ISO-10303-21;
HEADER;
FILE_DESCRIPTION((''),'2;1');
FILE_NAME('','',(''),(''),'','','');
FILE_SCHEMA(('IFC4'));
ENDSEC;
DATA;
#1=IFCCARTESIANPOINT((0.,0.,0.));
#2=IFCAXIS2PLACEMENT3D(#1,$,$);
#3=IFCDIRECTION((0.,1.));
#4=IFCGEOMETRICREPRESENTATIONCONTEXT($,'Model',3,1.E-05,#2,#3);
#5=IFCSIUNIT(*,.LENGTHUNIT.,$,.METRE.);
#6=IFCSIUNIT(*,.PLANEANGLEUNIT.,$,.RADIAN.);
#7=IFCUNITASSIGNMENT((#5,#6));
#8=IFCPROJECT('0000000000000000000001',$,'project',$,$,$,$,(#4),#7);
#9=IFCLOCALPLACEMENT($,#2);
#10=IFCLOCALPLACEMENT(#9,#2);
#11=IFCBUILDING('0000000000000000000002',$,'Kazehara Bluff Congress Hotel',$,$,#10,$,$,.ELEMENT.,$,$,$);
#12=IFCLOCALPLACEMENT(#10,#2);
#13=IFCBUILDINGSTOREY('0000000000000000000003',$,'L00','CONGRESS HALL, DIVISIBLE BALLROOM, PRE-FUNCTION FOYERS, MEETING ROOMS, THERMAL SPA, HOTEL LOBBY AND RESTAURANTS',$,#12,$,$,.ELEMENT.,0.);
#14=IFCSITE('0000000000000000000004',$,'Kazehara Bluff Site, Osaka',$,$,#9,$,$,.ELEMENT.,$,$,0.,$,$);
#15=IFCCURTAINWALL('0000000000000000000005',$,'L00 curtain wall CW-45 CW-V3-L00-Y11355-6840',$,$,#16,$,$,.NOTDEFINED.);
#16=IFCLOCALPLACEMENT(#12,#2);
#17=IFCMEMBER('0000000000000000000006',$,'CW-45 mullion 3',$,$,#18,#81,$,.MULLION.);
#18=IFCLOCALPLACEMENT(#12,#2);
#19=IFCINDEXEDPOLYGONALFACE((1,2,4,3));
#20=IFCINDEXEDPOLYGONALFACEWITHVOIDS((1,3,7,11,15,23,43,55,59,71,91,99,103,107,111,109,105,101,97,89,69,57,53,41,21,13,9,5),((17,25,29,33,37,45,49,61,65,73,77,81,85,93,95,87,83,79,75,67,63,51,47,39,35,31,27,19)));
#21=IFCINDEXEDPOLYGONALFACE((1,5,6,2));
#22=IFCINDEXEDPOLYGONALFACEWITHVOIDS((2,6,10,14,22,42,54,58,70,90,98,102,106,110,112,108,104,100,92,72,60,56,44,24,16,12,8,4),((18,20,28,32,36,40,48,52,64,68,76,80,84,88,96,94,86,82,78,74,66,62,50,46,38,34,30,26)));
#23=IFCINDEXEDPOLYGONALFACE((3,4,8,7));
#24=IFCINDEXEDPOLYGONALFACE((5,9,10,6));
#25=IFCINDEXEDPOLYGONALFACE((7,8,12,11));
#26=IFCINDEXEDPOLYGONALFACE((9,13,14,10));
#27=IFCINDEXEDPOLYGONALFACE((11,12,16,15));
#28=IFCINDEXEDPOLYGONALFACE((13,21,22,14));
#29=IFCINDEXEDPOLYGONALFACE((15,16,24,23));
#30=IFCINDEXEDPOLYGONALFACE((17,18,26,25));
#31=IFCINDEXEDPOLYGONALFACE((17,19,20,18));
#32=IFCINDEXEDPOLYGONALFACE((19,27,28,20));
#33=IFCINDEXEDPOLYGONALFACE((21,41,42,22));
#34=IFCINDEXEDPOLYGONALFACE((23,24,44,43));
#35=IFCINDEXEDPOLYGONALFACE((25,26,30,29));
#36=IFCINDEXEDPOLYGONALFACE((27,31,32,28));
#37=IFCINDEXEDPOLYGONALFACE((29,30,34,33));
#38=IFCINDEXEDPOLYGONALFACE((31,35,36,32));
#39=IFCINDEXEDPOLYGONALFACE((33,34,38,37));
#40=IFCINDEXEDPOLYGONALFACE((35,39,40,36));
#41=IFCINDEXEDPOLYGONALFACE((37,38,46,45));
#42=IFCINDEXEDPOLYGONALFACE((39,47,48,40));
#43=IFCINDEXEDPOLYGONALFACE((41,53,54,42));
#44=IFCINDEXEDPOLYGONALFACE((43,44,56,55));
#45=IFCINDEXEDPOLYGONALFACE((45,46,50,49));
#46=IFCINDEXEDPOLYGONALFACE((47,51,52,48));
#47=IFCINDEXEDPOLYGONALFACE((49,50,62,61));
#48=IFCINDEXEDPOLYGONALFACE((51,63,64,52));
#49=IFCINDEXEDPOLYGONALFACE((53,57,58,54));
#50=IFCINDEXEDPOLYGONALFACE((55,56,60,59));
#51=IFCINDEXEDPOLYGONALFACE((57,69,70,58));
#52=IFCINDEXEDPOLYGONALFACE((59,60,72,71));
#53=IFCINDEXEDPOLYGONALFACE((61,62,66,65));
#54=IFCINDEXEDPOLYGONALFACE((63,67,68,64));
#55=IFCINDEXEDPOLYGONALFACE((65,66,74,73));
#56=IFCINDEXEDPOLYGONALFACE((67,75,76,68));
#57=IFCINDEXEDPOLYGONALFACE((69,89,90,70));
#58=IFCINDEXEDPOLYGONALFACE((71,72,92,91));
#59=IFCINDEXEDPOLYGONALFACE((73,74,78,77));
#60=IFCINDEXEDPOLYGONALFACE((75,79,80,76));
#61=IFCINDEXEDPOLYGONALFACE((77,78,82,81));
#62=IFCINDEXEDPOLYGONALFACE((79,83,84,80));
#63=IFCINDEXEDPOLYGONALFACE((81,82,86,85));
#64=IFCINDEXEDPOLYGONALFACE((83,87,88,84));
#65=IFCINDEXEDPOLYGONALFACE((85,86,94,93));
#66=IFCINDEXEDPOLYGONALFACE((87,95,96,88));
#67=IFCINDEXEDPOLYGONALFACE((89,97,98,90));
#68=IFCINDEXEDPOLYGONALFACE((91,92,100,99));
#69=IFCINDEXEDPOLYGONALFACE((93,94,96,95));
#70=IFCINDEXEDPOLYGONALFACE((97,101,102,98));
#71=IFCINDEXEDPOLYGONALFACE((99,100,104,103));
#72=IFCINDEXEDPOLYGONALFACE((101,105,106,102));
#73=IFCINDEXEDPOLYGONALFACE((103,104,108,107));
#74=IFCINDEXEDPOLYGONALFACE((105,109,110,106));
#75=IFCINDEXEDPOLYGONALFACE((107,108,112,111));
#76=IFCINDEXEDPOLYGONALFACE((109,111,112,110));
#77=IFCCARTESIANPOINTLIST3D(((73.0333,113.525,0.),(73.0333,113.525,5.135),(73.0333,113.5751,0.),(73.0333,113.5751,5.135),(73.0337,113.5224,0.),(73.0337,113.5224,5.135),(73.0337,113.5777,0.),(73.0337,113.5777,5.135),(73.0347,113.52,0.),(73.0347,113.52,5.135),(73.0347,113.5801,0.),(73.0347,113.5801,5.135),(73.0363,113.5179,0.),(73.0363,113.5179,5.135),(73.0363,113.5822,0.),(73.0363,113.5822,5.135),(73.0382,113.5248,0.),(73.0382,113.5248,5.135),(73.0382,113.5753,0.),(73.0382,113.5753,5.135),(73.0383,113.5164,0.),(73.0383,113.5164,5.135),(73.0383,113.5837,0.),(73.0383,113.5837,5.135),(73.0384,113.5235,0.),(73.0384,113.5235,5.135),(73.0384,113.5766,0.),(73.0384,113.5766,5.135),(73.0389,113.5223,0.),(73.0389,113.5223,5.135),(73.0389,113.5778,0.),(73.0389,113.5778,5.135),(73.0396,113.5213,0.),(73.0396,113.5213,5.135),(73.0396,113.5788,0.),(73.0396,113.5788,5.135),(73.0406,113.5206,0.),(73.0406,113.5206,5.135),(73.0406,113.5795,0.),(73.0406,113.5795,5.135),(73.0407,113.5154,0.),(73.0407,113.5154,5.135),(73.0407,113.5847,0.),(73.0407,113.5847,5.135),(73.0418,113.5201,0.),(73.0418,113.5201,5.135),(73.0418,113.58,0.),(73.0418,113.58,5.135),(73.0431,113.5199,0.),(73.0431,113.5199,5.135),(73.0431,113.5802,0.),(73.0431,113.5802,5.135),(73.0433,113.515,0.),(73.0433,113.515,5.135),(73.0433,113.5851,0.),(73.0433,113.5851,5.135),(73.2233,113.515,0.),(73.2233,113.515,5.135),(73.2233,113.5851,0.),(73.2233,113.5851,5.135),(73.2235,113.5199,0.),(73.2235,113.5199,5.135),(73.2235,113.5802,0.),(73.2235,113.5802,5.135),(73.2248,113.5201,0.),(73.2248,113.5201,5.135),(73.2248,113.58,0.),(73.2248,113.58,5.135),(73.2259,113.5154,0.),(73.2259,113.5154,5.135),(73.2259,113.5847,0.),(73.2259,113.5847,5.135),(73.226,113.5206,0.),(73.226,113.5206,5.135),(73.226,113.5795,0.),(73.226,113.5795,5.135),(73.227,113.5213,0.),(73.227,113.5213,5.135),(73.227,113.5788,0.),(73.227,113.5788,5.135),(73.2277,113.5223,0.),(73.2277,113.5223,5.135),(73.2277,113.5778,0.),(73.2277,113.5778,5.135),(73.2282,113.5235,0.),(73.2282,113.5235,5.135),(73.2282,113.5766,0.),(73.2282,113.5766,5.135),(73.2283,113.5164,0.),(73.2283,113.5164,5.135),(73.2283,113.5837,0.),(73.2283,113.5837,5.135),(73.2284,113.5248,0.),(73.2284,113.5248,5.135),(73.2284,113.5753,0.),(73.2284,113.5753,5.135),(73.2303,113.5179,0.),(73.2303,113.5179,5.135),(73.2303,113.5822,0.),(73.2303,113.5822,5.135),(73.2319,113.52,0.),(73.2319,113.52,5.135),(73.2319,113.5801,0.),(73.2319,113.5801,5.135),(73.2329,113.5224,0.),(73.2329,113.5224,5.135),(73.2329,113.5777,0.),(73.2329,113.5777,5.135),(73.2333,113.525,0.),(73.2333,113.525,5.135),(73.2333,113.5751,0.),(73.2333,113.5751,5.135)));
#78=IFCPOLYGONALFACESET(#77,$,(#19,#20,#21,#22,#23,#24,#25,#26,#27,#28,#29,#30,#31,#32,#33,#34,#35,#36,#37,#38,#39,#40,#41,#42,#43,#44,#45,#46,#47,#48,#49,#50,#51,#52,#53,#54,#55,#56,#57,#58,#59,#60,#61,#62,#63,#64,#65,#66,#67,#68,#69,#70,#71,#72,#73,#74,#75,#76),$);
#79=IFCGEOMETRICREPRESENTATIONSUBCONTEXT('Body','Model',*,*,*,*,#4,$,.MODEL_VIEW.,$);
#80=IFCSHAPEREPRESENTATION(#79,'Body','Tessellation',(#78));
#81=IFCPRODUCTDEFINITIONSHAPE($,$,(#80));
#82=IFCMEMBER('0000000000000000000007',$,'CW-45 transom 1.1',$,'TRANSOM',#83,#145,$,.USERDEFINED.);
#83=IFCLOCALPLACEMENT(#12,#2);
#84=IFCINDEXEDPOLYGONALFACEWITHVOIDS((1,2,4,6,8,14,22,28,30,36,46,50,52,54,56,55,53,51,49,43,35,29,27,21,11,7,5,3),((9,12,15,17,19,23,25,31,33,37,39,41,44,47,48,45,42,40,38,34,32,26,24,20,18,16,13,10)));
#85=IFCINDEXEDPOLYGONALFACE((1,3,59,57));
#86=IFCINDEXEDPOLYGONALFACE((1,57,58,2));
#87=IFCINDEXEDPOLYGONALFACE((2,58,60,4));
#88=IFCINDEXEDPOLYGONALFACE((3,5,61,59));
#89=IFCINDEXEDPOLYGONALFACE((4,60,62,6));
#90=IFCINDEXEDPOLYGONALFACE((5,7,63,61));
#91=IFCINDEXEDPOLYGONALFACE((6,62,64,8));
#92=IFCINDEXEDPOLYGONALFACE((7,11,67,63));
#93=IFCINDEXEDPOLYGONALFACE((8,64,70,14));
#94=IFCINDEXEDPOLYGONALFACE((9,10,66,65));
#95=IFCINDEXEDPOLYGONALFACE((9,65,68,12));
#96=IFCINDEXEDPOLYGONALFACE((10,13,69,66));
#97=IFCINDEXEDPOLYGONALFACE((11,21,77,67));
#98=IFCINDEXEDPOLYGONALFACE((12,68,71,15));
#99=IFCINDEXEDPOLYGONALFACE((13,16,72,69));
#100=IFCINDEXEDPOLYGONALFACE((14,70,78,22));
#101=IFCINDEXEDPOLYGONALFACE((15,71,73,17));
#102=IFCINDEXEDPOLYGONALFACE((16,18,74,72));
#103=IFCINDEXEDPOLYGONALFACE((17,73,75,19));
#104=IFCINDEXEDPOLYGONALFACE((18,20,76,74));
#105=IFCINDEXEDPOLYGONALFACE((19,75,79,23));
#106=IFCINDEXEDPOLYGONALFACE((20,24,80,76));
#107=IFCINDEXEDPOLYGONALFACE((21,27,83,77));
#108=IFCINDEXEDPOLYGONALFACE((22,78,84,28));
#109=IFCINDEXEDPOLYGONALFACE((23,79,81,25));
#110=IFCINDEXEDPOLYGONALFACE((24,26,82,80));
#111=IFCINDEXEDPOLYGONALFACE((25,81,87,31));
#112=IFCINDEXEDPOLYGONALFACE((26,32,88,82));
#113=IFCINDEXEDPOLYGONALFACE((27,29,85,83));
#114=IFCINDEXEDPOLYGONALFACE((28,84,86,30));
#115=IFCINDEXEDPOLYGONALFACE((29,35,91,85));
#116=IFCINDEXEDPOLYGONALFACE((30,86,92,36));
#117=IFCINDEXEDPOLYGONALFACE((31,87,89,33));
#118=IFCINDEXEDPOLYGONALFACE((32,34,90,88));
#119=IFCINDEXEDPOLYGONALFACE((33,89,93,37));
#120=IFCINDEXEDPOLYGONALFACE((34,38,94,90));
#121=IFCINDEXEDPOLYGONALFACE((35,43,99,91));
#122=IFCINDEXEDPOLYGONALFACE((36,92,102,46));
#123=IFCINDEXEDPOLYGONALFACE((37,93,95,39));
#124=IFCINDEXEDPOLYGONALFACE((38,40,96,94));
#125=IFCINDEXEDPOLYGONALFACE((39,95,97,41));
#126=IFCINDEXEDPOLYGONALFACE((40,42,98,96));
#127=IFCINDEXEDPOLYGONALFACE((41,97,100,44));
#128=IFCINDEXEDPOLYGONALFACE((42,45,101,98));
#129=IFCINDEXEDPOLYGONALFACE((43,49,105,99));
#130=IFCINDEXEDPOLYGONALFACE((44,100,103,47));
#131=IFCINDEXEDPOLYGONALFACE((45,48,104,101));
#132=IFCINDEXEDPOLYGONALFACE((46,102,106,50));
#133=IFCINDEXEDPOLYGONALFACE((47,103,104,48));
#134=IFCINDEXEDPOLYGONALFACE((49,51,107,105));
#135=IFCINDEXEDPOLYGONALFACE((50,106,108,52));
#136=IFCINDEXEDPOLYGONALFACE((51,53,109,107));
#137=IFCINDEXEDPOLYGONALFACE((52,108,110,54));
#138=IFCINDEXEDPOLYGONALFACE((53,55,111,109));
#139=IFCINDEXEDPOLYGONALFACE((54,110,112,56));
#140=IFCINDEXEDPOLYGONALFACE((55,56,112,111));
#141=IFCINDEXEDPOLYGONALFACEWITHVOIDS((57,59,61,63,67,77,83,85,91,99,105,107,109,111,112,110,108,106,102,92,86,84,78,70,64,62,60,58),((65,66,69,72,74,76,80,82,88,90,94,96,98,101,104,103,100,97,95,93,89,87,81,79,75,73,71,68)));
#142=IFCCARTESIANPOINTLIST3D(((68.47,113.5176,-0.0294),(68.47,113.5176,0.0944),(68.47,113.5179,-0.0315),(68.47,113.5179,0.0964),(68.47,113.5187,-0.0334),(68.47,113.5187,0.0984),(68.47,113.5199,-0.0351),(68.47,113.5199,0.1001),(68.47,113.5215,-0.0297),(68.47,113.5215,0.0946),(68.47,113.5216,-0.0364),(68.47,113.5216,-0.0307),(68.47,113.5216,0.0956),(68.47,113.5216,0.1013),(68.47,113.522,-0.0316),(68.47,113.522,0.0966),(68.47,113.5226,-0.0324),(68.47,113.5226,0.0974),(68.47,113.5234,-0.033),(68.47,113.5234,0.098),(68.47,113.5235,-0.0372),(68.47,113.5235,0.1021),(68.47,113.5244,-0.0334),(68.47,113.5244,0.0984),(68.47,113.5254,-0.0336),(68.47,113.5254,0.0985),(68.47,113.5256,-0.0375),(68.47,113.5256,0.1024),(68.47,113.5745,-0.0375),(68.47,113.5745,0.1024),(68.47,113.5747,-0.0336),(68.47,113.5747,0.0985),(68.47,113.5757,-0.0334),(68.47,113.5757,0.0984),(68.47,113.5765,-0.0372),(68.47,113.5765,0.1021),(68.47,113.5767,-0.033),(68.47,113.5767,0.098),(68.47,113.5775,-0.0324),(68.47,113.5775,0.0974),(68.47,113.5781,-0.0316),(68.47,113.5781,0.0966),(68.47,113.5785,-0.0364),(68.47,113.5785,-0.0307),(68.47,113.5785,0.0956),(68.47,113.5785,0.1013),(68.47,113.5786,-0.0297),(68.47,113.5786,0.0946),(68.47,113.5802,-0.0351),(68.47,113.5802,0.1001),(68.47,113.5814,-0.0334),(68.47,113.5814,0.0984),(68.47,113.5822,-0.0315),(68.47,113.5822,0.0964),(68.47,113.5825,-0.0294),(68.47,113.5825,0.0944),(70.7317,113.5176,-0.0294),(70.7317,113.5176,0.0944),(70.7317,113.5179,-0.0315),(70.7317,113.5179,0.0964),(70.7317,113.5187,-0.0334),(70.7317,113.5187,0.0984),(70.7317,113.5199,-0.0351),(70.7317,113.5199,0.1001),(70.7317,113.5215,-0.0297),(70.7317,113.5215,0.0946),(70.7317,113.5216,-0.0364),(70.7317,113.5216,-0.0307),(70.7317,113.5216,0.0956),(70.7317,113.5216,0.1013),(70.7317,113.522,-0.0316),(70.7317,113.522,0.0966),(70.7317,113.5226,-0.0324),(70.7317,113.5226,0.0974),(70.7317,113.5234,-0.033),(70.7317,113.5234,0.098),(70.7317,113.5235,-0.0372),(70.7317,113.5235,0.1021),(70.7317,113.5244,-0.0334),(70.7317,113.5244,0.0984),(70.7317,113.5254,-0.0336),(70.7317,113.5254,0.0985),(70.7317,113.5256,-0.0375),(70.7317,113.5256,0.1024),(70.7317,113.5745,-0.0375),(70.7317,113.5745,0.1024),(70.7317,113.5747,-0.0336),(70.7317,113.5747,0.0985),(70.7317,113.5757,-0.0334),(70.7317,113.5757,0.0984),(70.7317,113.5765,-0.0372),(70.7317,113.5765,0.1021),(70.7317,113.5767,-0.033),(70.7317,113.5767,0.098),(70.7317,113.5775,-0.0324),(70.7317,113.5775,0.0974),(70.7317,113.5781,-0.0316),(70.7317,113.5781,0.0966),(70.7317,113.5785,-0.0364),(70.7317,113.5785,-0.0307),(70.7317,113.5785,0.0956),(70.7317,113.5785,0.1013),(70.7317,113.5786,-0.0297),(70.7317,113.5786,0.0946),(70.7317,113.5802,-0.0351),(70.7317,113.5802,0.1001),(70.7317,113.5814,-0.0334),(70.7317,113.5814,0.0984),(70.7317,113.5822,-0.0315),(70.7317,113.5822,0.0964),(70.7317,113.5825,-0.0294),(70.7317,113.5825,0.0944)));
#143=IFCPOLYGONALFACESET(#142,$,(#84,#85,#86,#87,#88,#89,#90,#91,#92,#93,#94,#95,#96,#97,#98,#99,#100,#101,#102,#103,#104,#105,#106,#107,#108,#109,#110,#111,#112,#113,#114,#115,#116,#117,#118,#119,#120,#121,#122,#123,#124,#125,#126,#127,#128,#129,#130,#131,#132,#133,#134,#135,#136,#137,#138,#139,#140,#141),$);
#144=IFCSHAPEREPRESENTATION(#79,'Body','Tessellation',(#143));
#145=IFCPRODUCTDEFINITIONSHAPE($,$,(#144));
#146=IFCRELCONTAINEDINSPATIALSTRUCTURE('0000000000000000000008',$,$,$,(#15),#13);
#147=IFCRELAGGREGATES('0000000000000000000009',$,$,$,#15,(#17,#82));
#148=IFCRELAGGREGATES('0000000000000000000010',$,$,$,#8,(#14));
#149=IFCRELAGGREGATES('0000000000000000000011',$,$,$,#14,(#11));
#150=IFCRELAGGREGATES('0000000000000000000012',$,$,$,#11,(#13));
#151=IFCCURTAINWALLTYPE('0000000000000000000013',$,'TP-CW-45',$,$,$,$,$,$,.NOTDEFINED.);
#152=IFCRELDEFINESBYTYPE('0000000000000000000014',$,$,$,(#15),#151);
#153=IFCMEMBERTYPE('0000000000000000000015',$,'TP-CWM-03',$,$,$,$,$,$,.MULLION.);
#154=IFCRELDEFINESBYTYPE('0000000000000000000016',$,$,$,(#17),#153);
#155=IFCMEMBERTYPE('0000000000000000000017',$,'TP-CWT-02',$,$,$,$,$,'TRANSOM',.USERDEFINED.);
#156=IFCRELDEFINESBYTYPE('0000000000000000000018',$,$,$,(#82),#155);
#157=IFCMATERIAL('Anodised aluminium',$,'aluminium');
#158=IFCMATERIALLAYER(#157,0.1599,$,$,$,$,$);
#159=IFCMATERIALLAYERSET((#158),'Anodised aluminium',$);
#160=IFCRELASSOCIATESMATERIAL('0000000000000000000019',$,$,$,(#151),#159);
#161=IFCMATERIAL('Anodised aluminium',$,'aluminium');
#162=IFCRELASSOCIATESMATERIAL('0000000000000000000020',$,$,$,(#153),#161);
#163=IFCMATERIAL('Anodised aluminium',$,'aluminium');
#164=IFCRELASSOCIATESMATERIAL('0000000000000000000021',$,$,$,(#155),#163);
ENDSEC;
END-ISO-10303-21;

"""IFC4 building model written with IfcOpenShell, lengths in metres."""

from ifc_helpers import new_model, si_unit, direction, frame, origin, origin_2d, place, context, subcontext, project, spatial, hollow_rectangle, extrude, material, layer, layer_set, material_profile, profile_set, type_object, element, aggregate, save


model = new_model("IFC4")

# Units and contexts
model_context = context("Model", 3, precision=1e-05, world=origin(), true_north=direction((0.0, 1.0)))
body_context = subcontext(model_context, "Body", "Model", "MODEL_VIEW")
ifc_project = project(units=[si_unit("LENGTHUNIT", "METRE"), si_unit("PLANEANGLEUNIT", "RADIAN")], contexts=[model_context])

# Site, building, storey
site_placement = place(None, origin())
site = spatial("IfcSite", under=ifc_project, at=site_placement, Name="Kazehara Bluff Site, Osaka", CompositionType="ELEMENT", RefElevation=0.0)
building_placement = place(site_placement, origin())
building = spatial("IfcBuilding", under=site, at=building_placement, Name="Kazehara Bluff Congress Hotel", CompositionType="ELEMENT")
storey_placement = place(building_placement, origin())
storey = spatial("IfcBuildingStorey", under=building, at=storey_placement, Name="L00", Description="CONGRESS HALL, DIVISIBLE BALLROOM, PRE-FUNCTION FOYERS, MEETING ROOMS, THERMAL SPA, HOTEL LOBBY AND RESTAURANTS", CompositionType="ELEMENT", Elevation=0.0)

# Curtain wall, members
ifc_material_1 = material(Name="Anodised aluminium", Category="aluminium")
ifc_layer_1 = layer(ifc_material_1, 0.1599)
ifc_layer_set_1 = layer_set([ifc_layer_1], Name="Anodised aluminium")
curtain_wall_type = type_object("IfcCurtainWallType", Name="TP-CW-45", PredefinedType="NOTDEFINED", material=ifc_layer_set_1)
curtain_wall_placement = place(storey_placement, origin())
curtain_wall = element("IfcCurtainWall", 1, at=curtain_wall_placement, inside=storey, type_object=curtain_wall_type, Name="L00 curtain wall CW-45 CW-V3-L00-Y11355-6840", PredefinedType="NOTDEFINED")
ifc_material_2 = material(Name="Anodised aluminium", Category="aluminium")
ifc_material_profile_1 = material_profile(ifc_material_2, hollow_rectangle(XDim=0.0701, YDim=0.2, WallThickness=0.0049, InnerFilletRadius=0.0049, OuterFilletRadius=0.01, at=origin_2d()))
ifc_profile_set_1 = profile_set([ifc_material_profile_1], Name="Anodised aluminium")
member_type_1 = type_object("IfcMemberType", Name="TP-CWM-03", PredefinedType="MULLION", material=ifc_profile_set_1)
member_1_placement = place(storey_placement, frame((73.1333, 113.55, 0.0), z_axis=(0.0, 0.0, 1.0), x_axis=(0.0, 1.0, 0.0)))
member_1 = element("IfcMember", 2, at=member_1_placement, type_object=member_type_1, Name="CW-45 mullion 3", PredefinedType="MULLION", context=body_context, shape_type="SweptSolid", body=[
    extrude(hollow_rectangle(XDim=0.0701, YDim=0.2, WallThickness=0.0049, InnerFilletRadius=0.0049, OuterFilletRadius=0.01, at=origin_2d()), origin(), (0.0, 0.0, 1.0), 5.135),
])
ifc_material_3 = material(Name="Anodised aluminium", Category="aluminium")
ifc_material_profile_2 = material_profile(ifc_material_3, hollow_rectangle(XDim=0.0649, YDim=0.1399, WallThickness=0.0039, InnerFilletRadius=0.0039, OuterFilletRadius=0.0081, at=origin_2d()))
ifc_profile_set_2 = profile_set([ifc_material_profile_2], Name="Anodised aluminium")
member_type_2 = type_object("IfcMemberType", Name="TP-CWT-02", ElementType="TRANSOM", PredefinedType="USERDEFINED", material=ifc_profile_set_2)
member_2_placement = place(storey_placement, frame((68.47, 113.55, 0.0325), z_axis=(1.0, 0.0, 0.0), x_axis=(0.0, 1.0, 0.0)))
member_2 = element("IfcMember", 3, at=member_2_placement, type_object=member_type_2, Name="CW-45 transom 1.1", ObjectType="TRANSOM", PredefinedType="USERDEFINED", context=body_context, shape_type="SweptSolid", body=[
    extrude(hollow_rectangle(XDim=0.0649, YDim=0.1399, WallThickness=0.0039, InnerFilletRadius=0.0039, OuterFilletRadius=0.0081, at=origin_2d()), origin(), (0.0, 0.0, 1.0), 2.2617),
])

aggregate(curtain_wall, [member_1, member_2])

save(model, "model.ifc")
